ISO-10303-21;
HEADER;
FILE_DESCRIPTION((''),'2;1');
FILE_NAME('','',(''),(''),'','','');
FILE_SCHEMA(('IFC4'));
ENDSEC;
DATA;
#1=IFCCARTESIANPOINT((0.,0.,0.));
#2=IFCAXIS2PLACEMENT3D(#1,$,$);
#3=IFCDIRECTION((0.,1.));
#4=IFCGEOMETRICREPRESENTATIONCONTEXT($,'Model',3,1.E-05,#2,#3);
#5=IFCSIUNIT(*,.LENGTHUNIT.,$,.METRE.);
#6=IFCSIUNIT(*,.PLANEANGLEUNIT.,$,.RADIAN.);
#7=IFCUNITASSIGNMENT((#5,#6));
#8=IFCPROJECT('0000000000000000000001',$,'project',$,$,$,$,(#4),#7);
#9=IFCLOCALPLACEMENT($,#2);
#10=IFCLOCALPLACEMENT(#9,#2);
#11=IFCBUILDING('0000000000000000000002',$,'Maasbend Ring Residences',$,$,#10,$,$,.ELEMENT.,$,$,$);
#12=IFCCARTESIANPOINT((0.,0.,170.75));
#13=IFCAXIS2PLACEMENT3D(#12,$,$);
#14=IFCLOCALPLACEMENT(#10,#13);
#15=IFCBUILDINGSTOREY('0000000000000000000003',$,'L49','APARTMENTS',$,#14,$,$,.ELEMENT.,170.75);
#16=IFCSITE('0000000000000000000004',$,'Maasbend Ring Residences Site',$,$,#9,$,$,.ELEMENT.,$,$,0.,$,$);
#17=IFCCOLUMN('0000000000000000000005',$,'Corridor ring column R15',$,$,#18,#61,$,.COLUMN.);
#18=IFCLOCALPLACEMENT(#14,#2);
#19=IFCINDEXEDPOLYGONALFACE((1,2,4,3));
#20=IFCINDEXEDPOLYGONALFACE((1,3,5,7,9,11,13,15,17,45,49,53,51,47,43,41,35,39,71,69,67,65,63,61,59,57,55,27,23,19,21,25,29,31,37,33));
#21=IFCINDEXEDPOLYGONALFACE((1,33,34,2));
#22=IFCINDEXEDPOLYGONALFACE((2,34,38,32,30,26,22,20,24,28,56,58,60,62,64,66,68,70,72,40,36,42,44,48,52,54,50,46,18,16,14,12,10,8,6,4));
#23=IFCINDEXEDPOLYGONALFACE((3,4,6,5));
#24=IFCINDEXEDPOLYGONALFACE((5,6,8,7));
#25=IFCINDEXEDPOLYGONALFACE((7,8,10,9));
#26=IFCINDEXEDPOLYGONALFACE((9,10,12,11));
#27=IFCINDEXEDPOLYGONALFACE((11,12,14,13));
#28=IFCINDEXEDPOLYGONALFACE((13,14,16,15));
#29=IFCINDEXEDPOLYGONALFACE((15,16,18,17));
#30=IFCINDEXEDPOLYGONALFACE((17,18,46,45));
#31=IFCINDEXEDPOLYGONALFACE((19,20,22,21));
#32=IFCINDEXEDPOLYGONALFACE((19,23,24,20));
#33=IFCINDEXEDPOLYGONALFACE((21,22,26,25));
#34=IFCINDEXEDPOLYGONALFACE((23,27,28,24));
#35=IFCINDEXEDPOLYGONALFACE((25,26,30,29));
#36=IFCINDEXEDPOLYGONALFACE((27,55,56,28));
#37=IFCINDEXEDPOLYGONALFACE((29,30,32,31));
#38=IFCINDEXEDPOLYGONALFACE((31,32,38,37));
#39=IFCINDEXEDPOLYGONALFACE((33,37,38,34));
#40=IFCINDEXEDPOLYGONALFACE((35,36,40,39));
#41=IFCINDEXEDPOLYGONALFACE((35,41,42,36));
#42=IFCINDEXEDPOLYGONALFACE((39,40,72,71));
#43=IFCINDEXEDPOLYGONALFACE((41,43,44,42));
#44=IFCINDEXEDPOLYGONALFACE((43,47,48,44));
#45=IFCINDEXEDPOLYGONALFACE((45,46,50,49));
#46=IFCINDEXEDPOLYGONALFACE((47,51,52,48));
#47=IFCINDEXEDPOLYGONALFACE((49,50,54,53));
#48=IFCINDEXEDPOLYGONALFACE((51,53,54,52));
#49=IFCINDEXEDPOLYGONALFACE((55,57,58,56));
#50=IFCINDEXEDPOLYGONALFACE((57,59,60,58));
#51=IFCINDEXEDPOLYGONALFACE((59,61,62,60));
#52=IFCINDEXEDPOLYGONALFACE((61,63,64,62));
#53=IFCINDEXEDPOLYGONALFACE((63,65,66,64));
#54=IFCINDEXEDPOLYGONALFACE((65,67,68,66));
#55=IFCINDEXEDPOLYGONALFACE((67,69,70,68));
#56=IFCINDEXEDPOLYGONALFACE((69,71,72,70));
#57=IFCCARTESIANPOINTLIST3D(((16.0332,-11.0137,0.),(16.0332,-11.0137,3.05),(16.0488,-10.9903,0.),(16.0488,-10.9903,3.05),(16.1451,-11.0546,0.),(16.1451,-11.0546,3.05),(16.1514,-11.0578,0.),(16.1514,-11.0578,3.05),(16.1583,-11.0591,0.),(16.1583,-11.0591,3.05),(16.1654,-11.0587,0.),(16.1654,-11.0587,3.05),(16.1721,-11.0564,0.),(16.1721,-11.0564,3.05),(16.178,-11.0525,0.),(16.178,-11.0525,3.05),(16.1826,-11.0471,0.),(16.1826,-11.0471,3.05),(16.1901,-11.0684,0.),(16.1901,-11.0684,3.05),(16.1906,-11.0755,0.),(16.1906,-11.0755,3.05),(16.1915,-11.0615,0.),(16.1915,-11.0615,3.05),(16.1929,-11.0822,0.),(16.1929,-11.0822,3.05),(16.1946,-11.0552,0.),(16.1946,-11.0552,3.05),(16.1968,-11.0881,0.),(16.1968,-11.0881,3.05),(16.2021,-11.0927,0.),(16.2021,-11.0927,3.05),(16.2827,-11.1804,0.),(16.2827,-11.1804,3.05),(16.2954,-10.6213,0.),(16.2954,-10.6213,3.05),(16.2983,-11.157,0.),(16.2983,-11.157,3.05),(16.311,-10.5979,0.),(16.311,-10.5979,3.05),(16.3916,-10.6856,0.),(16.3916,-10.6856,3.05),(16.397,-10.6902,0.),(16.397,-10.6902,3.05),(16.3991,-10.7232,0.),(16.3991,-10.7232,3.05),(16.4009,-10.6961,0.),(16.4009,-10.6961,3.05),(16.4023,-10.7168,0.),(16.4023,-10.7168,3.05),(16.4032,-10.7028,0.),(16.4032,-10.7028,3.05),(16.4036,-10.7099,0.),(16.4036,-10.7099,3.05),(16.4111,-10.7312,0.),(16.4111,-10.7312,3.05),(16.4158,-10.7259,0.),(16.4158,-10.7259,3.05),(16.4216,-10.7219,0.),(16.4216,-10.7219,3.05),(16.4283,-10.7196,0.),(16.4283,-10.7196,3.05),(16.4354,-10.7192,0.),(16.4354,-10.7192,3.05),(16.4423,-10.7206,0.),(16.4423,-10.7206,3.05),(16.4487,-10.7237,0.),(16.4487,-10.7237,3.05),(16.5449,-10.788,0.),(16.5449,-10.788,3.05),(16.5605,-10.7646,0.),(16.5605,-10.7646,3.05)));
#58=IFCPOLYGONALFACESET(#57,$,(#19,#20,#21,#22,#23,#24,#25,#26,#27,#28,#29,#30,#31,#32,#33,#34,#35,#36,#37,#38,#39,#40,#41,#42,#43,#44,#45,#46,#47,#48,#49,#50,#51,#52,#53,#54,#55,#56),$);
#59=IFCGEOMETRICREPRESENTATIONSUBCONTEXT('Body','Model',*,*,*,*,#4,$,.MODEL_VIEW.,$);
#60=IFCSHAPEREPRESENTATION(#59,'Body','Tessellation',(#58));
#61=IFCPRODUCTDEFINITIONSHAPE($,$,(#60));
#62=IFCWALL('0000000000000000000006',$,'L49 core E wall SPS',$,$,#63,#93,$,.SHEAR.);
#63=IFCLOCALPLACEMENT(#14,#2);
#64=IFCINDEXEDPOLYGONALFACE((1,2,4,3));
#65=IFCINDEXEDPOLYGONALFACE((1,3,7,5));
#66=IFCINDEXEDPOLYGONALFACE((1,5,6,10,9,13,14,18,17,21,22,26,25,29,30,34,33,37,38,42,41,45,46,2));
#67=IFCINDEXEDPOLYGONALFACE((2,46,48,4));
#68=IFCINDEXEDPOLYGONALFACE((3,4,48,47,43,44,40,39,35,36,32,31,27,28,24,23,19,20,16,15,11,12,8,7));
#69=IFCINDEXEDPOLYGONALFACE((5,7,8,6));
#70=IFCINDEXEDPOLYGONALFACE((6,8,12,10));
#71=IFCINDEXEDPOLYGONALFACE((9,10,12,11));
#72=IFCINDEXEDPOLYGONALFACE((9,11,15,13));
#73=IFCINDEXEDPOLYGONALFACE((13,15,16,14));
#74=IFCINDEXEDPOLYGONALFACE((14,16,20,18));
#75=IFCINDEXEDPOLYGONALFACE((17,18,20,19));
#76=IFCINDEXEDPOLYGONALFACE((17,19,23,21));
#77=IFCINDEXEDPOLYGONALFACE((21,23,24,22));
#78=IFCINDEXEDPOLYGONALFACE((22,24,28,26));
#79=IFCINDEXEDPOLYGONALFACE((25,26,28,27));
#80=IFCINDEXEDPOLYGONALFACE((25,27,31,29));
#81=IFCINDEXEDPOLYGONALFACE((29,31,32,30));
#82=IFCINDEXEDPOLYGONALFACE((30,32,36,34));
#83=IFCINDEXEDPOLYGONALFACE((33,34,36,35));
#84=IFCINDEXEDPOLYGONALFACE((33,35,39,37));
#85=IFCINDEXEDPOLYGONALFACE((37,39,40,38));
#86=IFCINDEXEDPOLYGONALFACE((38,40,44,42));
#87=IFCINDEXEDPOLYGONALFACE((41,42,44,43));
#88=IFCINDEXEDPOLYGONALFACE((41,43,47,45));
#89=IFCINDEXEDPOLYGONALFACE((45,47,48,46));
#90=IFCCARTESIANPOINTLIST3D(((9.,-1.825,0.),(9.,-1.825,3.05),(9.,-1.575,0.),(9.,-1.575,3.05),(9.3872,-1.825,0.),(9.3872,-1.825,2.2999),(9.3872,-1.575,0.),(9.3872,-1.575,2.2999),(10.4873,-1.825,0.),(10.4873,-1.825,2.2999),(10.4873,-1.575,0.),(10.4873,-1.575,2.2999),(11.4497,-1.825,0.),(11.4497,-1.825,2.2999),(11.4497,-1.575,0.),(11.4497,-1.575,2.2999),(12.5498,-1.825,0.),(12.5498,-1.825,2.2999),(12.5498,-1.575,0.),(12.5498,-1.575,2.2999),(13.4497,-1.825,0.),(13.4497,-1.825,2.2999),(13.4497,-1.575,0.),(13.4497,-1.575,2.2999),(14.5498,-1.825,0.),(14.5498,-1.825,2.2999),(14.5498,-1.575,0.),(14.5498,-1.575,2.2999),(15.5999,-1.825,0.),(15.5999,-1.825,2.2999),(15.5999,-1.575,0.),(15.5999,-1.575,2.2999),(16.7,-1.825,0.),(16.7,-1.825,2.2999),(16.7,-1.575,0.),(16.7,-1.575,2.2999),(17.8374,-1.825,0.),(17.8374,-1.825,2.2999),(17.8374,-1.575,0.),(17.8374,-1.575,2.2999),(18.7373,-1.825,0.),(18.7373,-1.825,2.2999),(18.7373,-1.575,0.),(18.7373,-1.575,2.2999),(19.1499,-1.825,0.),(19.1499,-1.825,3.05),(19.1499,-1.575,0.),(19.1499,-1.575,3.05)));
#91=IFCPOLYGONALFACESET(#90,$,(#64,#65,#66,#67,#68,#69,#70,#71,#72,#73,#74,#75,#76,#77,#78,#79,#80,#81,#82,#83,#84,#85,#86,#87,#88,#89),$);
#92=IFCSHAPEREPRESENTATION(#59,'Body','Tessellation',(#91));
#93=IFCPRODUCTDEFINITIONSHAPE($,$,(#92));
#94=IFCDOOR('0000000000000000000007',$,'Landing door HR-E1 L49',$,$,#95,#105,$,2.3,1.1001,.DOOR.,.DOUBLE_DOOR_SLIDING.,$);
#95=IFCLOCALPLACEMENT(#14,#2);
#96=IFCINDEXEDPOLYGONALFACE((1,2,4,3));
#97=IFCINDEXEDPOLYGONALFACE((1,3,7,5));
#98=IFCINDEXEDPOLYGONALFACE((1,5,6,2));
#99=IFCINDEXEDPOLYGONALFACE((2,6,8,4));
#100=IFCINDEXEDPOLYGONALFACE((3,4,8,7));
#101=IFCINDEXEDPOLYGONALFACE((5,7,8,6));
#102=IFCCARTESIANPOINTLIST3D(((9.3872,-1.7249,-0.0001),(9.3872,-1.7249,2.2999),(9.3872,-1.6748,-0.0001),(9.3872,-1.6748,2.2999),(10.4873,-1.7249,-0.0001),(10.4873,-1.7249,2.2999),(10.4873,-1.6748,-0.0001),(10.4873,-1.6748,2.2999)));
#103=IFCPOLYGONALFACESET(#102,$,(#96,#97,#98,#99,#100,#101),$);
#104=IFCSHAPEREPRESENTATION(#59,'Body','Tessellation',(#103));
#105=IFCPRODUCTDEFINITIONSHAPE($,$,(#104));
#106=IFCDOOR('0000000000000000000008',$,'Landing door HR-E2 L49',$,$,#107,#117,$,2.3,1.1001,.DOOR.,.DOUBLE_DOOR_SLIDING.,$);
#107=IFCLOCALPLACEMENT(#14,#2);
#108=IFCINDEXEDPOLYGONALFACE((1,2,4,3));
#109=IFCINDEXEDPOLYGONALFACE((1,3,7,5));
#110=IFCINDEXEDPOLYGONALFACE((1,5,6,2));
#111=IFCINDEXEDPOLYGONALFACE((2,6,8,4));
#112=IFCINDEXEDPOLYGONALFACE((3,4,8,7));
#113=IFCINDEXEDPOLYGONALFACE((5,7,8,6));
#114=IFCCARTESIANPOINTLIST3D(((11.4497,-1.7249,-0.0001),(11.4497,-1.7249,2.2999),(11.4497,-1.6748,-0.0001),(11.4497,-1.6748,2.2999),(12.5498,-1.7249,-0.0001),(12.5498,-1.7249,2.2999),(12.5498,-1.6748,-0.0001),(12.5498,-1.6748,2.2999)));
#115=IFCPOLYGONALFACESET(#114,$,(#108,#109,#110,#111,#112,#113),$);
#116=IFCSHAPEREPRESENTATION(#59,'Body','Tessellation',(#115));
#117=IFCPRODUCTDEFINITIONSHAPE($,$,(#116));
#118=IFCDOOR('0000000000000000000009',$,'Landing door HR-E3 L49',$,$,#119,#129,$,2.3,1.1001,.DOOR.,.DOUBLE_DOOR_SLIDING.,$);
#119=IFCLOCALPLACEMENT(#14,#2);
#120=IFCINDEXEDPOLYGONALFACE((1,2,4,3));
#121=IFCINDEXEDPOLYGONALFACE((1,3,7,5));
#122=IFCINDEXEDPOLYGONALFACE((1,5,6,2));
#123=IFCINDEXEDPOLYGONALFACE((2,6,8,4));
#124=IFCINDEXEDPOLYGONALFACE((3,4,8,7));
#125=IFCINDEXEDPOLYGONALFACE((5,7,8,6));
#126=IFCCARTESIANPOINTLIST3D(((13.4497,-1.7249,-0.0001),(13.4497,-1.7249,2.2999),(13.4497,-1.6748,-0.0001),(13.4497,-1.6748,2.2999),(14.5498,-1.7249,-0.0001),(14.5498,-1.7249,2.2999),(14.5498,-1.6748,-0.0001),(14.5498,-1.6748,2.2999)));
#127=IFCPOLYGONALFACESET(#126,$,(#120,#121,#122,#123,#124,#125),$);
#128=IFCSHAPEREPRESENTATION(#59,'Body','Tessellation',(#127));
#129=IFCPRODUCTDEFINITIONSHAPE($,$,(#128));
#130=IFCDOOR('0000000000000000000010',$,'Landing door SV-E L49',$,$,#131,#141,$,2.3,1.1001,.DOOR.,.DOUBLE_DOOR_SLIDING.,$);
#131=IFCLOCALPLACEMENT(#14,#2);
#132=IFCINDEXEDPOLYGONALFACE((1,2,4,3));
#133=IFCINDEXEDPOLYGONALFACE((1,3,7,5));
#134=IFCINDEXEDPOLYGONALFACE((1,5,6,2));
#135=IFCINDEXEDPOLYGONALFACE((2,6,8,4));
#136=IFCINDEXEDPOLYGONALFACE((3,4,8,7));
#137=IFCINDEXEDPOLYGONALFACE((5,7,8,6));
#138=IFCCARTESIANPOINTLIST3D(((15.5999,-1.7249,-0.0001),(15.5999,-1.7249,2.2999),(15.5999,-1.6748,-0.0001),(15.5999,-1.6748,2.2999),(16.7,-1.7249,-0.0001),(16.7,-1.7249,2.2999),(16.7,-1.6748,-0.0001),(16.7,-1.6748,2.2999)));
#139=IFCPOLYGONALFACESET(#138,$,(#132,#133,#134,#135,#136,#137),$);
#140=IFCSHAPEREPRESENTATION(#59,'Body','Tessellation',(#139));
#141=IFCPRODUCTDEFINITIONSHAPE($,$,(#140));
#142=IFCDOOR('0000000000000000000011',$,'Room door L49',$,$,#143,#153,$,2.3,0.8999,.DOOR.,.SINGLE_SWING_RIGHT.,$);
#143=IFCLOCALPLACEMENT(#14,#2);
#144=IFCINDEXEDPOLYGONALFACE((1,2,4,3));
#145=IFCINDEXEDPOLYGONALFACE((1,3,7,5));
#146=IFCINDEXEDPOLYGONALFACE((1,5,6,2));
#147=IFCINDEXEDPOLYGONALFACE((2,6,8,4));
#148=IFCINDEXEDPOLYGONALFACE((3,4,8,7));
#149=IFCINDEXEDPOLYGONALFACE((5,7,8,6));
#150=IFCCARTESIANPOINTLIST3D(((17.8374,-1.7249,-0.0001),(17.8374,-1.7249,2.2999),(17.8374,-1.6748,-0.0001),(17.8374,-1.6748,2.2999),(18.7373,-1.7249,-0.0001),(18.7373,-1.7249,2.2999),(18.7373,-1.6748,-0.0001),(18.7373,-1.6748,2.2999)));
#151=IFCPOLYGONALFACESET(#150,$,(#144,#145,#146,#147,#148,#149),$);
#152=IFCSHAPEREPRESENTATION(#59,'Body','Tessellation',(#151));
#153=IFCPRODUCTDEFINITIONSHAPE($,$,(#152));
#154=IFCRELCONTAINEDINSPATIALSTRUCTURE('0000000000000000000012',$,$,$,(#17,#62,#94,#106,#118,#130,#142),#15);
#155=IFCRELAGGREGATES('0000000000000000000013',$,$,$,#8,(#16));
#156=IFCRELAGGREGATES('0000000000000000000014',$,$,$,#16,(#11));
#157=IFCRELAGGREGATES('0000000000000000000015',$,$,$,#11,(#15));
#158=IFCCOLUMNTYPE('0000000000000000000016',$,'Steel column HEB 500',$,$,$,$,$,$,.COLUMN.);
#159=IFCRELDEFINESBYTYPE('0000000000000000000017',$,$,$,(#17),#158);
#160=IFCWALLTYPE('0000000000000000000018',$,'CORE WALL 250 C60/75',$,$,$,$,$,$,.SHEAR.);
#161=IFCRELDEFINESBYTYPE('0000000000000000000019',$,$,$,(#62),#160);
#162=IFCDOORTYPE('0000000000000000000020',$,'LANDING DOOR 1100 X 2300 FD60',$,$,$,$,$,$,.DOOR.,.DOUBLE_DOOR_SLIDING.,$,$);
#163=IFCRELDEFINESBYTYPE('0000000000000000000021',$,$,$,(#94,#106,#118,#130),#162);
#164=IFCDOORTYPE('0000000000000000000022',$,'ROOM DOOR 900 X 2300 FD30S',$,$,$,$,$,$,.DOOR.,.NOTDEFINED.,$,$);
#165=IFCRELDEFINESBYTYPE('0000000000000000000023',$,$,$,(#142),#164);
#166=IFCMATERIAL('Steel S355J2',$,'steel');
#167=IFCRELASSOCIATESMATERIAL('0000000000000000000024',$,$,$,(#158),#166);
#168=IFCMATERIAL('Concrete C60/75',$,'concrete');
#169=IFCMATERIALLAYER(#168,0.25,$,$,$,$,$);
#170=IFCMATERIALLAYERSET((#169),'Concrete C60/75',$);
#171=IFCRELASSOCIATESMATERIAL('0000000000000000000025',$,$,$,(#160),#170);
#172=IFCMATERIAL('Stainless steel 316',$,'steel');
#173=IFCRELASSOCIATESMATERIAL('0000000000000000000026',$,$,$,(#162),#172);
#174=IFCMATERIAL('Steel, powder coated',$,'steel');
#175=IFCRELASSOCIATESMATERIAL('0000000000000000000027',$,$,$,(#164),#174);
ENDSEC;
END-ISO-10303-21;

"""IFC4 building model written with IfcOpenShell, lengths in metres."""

from ifc_helpers import new_model, si_unit, direction, frame, frame_2d, origin, origin_2d, place, context, subcontext, project, spatial, rectangle, i_section, extrude, material, layer, layer_set, material_profile, profile_set, type_object, element, fill, save


model = new_model("IFC4")

# Units and contexts
model_context = context("Model", 3, precision=1e-05, world=origin(), true_north=direction((0.0, 1.0)))
body_context = subcontext(model_context, "Body", "Model", "MODEL_VIEW")
ifc_project = project(units=[si_unit("LENGTHUNIT", "METRE"), si_unit("PLANEANGLEUNIT", "RADIAN")], contexts=[model_context])

# Site, building, storey
site_placement = place(None, origin())
site = spatial("IfcSite", under=ifc_project, at=site_placement, Name="Maasbend Ring Residences Site", CompositionType="ELEMENT", RefElevation=0.0)
building_placement = place(site_placement, origin())
building = spatial("IfcBuilding", under=site, at=building_placement, Name="Maasbend Ring Residences", CompositionType="ELEMENT")
storey_placement = place(building_placement, frame((0.0, 0.0, 170.75)))
storey = spatial("IfcBuildingStorey", under=building, at=storey_placement, Name="L49", Description="APARTMENTS", CompositionType="ELEMENT", Elevation=170.75)

# Column
ifc_material_1 = material(Name="Steel S355J2", Category="steel")
ifc_material_profile = material_profile(ifc_material_1, i_section(OverallWidth=0.3, OverallDepth=0.5, WebThickness=0.0144, FlangeThickness=0.0281, FilletRadius=0.0271, at=origin_2d()), Name="HEB 500")
ifc_profile_set = profile_set([ifc_material_profile], Name="Steel S355J2")
column_type = type_object("IfcColumnType", Name="Steel column HEB 500", PredefinedType="COLUMN", material=ifc_profile_set)
column_placement = place(storey_placement, frame((16.2969, -10.8892, 0.0), z_axis=(0.0, 0.0, 1.0), x_axis=(0.83147, -0.55557, 0.0)))
element("IfcColumn", 1, at=column_placement, inside=storey, type_object=column_type, Name="Corridor ring column R15", PredefinedType="COLUMN", context=body_context, shape_type="SweptSolid", body=[
    extrude(i_section(OverallWidth=0.3, OverallDepth=0.5, WebThickness=0.0144, FlangeThickness=0.0281, FilletRadius=0.0271, at=origin_2d()), origin(), (0.0, 0.0, 1.0), 3.05),
])

# Wall, openings, doors
ifc_material_2 = material(Name="Concrete C60/75", Category="concrete")
ifc_layer_1 = layer(ifc_material_2, 0.25)
ifc_layer_set_1 = layer_set([ifc_layer_1], Name="Concrete C60/75")
wall_type_1 = type_object("IfcWallType", Name="CORE WALL 250 C60/75", PredefinedType="SHEAR", material=ifc_layer_set_1)
wall_1_placement = place(storey_placement, frame((19.1499, -1.7, 0.0), z_axis=(0.0, 0.0, 1.0), x_axis=(-1.0, 0.0, 0.0)))
wall_1 = element("IfcWall", 2, at=wall_1_placement, inside=storey, type_object=wall_type_1, Name="L49 core E wall SPS", PredefinedType="SHEAR", context=body_context, shape_type="SweptSolid", body=[
    extrude(rectangle(XDim=10.1499, YDim=0.25, at=frame_2d((5.075, 0.0))), origin(), (0.0, 0.0, 1.0), 3.05),
])
opening_1_placement = place(wall_1_placement, frame((8.6626, 0.0, 0.0)))
opening_1 = element("IfcOpeningElement", 3, at=opening_1_placement, cuts=wall_1, PredefinedType="OPENING", context=body_context, shape_type="SweptSolid", body=[
    extrude(rectangle(XDim=1.1001, YDim=2.3, at=frame_2d((0.55, 1.1499))), frame((0.0, 0.135, 0.0), z_axis=(0.0, -1.0, 0.0), x_axis=(1.0, 0.0, 0.0)), (0.0, 0.0, 1.0), 0.27),
])
opening_2_placement = place(wall_1_placement, frame((6.6001, 0.0, 0.0)))
opening_2 = element("IfcOpeningElement", 4, at=opening_2_placement, cuts=wall_1, PredefinedType="OPENING", context=body_context, shape_type="SweptSolid", body=[
    extrude(rectangle(XDim=1.1001, YDim=2.3, at=frame_2d((0.55, 1.1499))), frame((0.0, 0.135, 0.0), z_axis=(0.0, -1.0, 0.0), x_axis=(1.0, 0.0, 0.0)), (0.0, 0.0, 1.0), 0.27),
])
opening_3_placement = place(wall_1_placement, frame((4.6001, 0.0, 0.0)))
opening_3 = element("IfcOpeningElement", 5, at=opening_3_placement, cuts=wall_1, PredefinedType="OPENING", context=body_context, shape_type="SweptSolid", body=[
    extrude(rectangle(XDim=1.1001, YDim=2.3, at=frame_2d((0.55, 1.1499))), frame((0.0, 0.135, 0.0), z_axis=(0.0, -1.0, 0.0), x_axis=(1.0, 0.0, 0.0)), (0.0, 0.0, 1.0), 0.27),
])
opening_4_placement = place(wall_1_placement, frame((2.45, 0.0, 0.0)))
opening_4 = element("IfcOpeningElement", 6, at=opening_4_placement, cuts=wall_1, PredefinedType="OPENING", context=body_context, shape_type="SweptSolid", body=[
    extrude(rectangle(XDim=1.1001, YDim=2.3, at=frame_2d((0.55, 1.1499))), frame((0.0, 0.135, 0.0), z_axis=(0.0, -1.0, 0.0), x_axis=(1.0, 0.0, 0.0)), (0.0, 0.0, 1.0), 0.27),
])
opening_5_placement = place(wall_1_placement, frame((0.4126, 0.0, 0.0)))
opening_5 = element("IfcOpeningElement", 7, at=opening_5_placement, cuts=wall_1, PredefinedType="OPENING", context=body_context, shape_type="SweptSolid", body=[
    extrude(rectangle(XDim=0.8999, YDim=2.3, at=frame_2d((0.45, 1.1499))), frame((0.0, 0.135, 0.0), z_axis=(0.0, -1.0, 0.0), x_axis=(1.0, 0.0, 0.0)), (0.0, 0.0, 1.0), 0.27),
])
ifc_material_3 = material(Name="Stainless steel 316", Category="steel")
door_type_1 = type_object("IfcDoorType", Name="LANDING DOOR 1100 X 2300 FD60", OperationType="DOUBLE_DOOR_SLIDING", PredefinedType="DOOR", material=ifc_material_3)
door_1_placement = place(opening_1_placement, origin())
door_1 = element("IfcDoor", 8, at=door_1_placement, inside=storey, type_object=door_type_1, Name="Landing door HR-E1 L49", OperationType="DOUBLE_DOOR_SLIDING", OverallHeight=2.3, OverallWidth=1.1001, PredefinedType="DOOR", context=body_context, shape_type="SweptSolid", body=[
    extrude(rectangle(XDim=1.1001, YDim=2.3, at=frame_2d((0.55, 1.1499))), frame((0.0, 0.0249, 0.0), z_axis=(0.0, -1.0, 0.0), x_axis=(1.0, 0.0, 0.0)), (0.0, 0.0, 1.0), 0.05),
])
fill(opening_1, door_1)
door_2_placement = place(opening_2_placement, origin())
door_2 = element("IfcDoor", 9, at=door_2_placement, inside=storey, type_object=door_type_1, Name="Landing door HR-E2 L49", OperationType="DOUBLE_DOOR_SLIDING", OverallHeight=2.3, OverallWidth=1.1001, PredefinedType="DOOR", context=body_context, shape_type="SweptSolid", body=[
    extrude(rectangle(XDim=1.1001, YDim=2.3, at=frame_2d((0.55, 1.1499))), frame((0.0, 0.0249, 0.0), z_axis=(0.0, -1.0, 0.0), x_axis=(1.0, 0.0, 0.0)), (0.0, 0.0, 1.0), 0.05),
])
fill(opening_2, door_2)
door_3_placement = place(opening_3_placement, origin())
door_3 = element("IfcDoor", 10, at=door_3_placement, inside=storey, type_object=door_type_1, Name="Landing door HR-E3 L49", OperationType="DOUBLE_DOOR_SLIDING", OverallHeight=2.3, OverallWidth=1.1001, PredefinedType="DOOR", context=body_context, shape_type="SweptSolid", body=[
    extrude(rectangle(XDim=1.1001, YDim=2.3, at=frame_2d((0.55, 1.1499))), frame((0.0, 0.0249, 0.0), z_axis=(0.0, -1.0, 0.0), x_axis=(1.0, 0.0, 0.0)), (0.0, 0.0, 1.0), 0.05),
])
fill(opening_3, door_3)
door_4_placement = place(opening_4_placement, origin())
door_4 = element("IfcDoor", 11, at=door_4_placement, inside=storey, type_object=door_type_1, Name="Landing door SV-E L49", OperationType="DOUBLE_DOOR_SLIDING", OverallHeight=2.3, OverallWidth=1.1001, PredefinedType="DOOR", context=body_context, shape_type="SweptSolid", body=[
    extrude(rectangle(XDim=1.1001, YDim=2.3, at=frame_2d((0.55, 1.1499))), frame((0.0, 0.0249, 0.0), z_axis=(0.0, -1.0, 0.0), x_axis=(1.0, 0.0, 0.0)), (0.0, 0.0, 1.0), 0.05),
])
fill(opening_4, door_4)
ifc_material_4 = material(Name="Steel, powder coated", Category="steel")
door_type_2 = type_object("IfcDoorType", Name="ROOM DOOR 900 X 2300 FD30S", OperationType="NOTDEFINED", PredefinedType="DOOR", material=ifc_material_4)
door_5_placement = place(opening_5_placement, origin())
door_5 = element("IfcDoor", 12, at=door_5_placement, inside=storey, type_object=door_type_2, Name="Room door L49", OperationType="SINGLE_SWING_RIGHT", OverallHeight=2.3, OverallWidth=0.8999, PredefinedType="DOOR", context=body_context, shape_type="SweptSolid", body=[
    extrude(rectangle(XDim=0.8999, YDim=2.3, at=frame_2d((0.45, 1.1499))), frame((0.0, 0.0249, 0.0), z_axis=(0.0, -1.0, 0.0), x_axis=(1.0, 0.0, 0.0)), (0.0, 0.0, 1.0), 0.05),
])
fill(opening_5, door_5)

save(model, "model.ifc")
